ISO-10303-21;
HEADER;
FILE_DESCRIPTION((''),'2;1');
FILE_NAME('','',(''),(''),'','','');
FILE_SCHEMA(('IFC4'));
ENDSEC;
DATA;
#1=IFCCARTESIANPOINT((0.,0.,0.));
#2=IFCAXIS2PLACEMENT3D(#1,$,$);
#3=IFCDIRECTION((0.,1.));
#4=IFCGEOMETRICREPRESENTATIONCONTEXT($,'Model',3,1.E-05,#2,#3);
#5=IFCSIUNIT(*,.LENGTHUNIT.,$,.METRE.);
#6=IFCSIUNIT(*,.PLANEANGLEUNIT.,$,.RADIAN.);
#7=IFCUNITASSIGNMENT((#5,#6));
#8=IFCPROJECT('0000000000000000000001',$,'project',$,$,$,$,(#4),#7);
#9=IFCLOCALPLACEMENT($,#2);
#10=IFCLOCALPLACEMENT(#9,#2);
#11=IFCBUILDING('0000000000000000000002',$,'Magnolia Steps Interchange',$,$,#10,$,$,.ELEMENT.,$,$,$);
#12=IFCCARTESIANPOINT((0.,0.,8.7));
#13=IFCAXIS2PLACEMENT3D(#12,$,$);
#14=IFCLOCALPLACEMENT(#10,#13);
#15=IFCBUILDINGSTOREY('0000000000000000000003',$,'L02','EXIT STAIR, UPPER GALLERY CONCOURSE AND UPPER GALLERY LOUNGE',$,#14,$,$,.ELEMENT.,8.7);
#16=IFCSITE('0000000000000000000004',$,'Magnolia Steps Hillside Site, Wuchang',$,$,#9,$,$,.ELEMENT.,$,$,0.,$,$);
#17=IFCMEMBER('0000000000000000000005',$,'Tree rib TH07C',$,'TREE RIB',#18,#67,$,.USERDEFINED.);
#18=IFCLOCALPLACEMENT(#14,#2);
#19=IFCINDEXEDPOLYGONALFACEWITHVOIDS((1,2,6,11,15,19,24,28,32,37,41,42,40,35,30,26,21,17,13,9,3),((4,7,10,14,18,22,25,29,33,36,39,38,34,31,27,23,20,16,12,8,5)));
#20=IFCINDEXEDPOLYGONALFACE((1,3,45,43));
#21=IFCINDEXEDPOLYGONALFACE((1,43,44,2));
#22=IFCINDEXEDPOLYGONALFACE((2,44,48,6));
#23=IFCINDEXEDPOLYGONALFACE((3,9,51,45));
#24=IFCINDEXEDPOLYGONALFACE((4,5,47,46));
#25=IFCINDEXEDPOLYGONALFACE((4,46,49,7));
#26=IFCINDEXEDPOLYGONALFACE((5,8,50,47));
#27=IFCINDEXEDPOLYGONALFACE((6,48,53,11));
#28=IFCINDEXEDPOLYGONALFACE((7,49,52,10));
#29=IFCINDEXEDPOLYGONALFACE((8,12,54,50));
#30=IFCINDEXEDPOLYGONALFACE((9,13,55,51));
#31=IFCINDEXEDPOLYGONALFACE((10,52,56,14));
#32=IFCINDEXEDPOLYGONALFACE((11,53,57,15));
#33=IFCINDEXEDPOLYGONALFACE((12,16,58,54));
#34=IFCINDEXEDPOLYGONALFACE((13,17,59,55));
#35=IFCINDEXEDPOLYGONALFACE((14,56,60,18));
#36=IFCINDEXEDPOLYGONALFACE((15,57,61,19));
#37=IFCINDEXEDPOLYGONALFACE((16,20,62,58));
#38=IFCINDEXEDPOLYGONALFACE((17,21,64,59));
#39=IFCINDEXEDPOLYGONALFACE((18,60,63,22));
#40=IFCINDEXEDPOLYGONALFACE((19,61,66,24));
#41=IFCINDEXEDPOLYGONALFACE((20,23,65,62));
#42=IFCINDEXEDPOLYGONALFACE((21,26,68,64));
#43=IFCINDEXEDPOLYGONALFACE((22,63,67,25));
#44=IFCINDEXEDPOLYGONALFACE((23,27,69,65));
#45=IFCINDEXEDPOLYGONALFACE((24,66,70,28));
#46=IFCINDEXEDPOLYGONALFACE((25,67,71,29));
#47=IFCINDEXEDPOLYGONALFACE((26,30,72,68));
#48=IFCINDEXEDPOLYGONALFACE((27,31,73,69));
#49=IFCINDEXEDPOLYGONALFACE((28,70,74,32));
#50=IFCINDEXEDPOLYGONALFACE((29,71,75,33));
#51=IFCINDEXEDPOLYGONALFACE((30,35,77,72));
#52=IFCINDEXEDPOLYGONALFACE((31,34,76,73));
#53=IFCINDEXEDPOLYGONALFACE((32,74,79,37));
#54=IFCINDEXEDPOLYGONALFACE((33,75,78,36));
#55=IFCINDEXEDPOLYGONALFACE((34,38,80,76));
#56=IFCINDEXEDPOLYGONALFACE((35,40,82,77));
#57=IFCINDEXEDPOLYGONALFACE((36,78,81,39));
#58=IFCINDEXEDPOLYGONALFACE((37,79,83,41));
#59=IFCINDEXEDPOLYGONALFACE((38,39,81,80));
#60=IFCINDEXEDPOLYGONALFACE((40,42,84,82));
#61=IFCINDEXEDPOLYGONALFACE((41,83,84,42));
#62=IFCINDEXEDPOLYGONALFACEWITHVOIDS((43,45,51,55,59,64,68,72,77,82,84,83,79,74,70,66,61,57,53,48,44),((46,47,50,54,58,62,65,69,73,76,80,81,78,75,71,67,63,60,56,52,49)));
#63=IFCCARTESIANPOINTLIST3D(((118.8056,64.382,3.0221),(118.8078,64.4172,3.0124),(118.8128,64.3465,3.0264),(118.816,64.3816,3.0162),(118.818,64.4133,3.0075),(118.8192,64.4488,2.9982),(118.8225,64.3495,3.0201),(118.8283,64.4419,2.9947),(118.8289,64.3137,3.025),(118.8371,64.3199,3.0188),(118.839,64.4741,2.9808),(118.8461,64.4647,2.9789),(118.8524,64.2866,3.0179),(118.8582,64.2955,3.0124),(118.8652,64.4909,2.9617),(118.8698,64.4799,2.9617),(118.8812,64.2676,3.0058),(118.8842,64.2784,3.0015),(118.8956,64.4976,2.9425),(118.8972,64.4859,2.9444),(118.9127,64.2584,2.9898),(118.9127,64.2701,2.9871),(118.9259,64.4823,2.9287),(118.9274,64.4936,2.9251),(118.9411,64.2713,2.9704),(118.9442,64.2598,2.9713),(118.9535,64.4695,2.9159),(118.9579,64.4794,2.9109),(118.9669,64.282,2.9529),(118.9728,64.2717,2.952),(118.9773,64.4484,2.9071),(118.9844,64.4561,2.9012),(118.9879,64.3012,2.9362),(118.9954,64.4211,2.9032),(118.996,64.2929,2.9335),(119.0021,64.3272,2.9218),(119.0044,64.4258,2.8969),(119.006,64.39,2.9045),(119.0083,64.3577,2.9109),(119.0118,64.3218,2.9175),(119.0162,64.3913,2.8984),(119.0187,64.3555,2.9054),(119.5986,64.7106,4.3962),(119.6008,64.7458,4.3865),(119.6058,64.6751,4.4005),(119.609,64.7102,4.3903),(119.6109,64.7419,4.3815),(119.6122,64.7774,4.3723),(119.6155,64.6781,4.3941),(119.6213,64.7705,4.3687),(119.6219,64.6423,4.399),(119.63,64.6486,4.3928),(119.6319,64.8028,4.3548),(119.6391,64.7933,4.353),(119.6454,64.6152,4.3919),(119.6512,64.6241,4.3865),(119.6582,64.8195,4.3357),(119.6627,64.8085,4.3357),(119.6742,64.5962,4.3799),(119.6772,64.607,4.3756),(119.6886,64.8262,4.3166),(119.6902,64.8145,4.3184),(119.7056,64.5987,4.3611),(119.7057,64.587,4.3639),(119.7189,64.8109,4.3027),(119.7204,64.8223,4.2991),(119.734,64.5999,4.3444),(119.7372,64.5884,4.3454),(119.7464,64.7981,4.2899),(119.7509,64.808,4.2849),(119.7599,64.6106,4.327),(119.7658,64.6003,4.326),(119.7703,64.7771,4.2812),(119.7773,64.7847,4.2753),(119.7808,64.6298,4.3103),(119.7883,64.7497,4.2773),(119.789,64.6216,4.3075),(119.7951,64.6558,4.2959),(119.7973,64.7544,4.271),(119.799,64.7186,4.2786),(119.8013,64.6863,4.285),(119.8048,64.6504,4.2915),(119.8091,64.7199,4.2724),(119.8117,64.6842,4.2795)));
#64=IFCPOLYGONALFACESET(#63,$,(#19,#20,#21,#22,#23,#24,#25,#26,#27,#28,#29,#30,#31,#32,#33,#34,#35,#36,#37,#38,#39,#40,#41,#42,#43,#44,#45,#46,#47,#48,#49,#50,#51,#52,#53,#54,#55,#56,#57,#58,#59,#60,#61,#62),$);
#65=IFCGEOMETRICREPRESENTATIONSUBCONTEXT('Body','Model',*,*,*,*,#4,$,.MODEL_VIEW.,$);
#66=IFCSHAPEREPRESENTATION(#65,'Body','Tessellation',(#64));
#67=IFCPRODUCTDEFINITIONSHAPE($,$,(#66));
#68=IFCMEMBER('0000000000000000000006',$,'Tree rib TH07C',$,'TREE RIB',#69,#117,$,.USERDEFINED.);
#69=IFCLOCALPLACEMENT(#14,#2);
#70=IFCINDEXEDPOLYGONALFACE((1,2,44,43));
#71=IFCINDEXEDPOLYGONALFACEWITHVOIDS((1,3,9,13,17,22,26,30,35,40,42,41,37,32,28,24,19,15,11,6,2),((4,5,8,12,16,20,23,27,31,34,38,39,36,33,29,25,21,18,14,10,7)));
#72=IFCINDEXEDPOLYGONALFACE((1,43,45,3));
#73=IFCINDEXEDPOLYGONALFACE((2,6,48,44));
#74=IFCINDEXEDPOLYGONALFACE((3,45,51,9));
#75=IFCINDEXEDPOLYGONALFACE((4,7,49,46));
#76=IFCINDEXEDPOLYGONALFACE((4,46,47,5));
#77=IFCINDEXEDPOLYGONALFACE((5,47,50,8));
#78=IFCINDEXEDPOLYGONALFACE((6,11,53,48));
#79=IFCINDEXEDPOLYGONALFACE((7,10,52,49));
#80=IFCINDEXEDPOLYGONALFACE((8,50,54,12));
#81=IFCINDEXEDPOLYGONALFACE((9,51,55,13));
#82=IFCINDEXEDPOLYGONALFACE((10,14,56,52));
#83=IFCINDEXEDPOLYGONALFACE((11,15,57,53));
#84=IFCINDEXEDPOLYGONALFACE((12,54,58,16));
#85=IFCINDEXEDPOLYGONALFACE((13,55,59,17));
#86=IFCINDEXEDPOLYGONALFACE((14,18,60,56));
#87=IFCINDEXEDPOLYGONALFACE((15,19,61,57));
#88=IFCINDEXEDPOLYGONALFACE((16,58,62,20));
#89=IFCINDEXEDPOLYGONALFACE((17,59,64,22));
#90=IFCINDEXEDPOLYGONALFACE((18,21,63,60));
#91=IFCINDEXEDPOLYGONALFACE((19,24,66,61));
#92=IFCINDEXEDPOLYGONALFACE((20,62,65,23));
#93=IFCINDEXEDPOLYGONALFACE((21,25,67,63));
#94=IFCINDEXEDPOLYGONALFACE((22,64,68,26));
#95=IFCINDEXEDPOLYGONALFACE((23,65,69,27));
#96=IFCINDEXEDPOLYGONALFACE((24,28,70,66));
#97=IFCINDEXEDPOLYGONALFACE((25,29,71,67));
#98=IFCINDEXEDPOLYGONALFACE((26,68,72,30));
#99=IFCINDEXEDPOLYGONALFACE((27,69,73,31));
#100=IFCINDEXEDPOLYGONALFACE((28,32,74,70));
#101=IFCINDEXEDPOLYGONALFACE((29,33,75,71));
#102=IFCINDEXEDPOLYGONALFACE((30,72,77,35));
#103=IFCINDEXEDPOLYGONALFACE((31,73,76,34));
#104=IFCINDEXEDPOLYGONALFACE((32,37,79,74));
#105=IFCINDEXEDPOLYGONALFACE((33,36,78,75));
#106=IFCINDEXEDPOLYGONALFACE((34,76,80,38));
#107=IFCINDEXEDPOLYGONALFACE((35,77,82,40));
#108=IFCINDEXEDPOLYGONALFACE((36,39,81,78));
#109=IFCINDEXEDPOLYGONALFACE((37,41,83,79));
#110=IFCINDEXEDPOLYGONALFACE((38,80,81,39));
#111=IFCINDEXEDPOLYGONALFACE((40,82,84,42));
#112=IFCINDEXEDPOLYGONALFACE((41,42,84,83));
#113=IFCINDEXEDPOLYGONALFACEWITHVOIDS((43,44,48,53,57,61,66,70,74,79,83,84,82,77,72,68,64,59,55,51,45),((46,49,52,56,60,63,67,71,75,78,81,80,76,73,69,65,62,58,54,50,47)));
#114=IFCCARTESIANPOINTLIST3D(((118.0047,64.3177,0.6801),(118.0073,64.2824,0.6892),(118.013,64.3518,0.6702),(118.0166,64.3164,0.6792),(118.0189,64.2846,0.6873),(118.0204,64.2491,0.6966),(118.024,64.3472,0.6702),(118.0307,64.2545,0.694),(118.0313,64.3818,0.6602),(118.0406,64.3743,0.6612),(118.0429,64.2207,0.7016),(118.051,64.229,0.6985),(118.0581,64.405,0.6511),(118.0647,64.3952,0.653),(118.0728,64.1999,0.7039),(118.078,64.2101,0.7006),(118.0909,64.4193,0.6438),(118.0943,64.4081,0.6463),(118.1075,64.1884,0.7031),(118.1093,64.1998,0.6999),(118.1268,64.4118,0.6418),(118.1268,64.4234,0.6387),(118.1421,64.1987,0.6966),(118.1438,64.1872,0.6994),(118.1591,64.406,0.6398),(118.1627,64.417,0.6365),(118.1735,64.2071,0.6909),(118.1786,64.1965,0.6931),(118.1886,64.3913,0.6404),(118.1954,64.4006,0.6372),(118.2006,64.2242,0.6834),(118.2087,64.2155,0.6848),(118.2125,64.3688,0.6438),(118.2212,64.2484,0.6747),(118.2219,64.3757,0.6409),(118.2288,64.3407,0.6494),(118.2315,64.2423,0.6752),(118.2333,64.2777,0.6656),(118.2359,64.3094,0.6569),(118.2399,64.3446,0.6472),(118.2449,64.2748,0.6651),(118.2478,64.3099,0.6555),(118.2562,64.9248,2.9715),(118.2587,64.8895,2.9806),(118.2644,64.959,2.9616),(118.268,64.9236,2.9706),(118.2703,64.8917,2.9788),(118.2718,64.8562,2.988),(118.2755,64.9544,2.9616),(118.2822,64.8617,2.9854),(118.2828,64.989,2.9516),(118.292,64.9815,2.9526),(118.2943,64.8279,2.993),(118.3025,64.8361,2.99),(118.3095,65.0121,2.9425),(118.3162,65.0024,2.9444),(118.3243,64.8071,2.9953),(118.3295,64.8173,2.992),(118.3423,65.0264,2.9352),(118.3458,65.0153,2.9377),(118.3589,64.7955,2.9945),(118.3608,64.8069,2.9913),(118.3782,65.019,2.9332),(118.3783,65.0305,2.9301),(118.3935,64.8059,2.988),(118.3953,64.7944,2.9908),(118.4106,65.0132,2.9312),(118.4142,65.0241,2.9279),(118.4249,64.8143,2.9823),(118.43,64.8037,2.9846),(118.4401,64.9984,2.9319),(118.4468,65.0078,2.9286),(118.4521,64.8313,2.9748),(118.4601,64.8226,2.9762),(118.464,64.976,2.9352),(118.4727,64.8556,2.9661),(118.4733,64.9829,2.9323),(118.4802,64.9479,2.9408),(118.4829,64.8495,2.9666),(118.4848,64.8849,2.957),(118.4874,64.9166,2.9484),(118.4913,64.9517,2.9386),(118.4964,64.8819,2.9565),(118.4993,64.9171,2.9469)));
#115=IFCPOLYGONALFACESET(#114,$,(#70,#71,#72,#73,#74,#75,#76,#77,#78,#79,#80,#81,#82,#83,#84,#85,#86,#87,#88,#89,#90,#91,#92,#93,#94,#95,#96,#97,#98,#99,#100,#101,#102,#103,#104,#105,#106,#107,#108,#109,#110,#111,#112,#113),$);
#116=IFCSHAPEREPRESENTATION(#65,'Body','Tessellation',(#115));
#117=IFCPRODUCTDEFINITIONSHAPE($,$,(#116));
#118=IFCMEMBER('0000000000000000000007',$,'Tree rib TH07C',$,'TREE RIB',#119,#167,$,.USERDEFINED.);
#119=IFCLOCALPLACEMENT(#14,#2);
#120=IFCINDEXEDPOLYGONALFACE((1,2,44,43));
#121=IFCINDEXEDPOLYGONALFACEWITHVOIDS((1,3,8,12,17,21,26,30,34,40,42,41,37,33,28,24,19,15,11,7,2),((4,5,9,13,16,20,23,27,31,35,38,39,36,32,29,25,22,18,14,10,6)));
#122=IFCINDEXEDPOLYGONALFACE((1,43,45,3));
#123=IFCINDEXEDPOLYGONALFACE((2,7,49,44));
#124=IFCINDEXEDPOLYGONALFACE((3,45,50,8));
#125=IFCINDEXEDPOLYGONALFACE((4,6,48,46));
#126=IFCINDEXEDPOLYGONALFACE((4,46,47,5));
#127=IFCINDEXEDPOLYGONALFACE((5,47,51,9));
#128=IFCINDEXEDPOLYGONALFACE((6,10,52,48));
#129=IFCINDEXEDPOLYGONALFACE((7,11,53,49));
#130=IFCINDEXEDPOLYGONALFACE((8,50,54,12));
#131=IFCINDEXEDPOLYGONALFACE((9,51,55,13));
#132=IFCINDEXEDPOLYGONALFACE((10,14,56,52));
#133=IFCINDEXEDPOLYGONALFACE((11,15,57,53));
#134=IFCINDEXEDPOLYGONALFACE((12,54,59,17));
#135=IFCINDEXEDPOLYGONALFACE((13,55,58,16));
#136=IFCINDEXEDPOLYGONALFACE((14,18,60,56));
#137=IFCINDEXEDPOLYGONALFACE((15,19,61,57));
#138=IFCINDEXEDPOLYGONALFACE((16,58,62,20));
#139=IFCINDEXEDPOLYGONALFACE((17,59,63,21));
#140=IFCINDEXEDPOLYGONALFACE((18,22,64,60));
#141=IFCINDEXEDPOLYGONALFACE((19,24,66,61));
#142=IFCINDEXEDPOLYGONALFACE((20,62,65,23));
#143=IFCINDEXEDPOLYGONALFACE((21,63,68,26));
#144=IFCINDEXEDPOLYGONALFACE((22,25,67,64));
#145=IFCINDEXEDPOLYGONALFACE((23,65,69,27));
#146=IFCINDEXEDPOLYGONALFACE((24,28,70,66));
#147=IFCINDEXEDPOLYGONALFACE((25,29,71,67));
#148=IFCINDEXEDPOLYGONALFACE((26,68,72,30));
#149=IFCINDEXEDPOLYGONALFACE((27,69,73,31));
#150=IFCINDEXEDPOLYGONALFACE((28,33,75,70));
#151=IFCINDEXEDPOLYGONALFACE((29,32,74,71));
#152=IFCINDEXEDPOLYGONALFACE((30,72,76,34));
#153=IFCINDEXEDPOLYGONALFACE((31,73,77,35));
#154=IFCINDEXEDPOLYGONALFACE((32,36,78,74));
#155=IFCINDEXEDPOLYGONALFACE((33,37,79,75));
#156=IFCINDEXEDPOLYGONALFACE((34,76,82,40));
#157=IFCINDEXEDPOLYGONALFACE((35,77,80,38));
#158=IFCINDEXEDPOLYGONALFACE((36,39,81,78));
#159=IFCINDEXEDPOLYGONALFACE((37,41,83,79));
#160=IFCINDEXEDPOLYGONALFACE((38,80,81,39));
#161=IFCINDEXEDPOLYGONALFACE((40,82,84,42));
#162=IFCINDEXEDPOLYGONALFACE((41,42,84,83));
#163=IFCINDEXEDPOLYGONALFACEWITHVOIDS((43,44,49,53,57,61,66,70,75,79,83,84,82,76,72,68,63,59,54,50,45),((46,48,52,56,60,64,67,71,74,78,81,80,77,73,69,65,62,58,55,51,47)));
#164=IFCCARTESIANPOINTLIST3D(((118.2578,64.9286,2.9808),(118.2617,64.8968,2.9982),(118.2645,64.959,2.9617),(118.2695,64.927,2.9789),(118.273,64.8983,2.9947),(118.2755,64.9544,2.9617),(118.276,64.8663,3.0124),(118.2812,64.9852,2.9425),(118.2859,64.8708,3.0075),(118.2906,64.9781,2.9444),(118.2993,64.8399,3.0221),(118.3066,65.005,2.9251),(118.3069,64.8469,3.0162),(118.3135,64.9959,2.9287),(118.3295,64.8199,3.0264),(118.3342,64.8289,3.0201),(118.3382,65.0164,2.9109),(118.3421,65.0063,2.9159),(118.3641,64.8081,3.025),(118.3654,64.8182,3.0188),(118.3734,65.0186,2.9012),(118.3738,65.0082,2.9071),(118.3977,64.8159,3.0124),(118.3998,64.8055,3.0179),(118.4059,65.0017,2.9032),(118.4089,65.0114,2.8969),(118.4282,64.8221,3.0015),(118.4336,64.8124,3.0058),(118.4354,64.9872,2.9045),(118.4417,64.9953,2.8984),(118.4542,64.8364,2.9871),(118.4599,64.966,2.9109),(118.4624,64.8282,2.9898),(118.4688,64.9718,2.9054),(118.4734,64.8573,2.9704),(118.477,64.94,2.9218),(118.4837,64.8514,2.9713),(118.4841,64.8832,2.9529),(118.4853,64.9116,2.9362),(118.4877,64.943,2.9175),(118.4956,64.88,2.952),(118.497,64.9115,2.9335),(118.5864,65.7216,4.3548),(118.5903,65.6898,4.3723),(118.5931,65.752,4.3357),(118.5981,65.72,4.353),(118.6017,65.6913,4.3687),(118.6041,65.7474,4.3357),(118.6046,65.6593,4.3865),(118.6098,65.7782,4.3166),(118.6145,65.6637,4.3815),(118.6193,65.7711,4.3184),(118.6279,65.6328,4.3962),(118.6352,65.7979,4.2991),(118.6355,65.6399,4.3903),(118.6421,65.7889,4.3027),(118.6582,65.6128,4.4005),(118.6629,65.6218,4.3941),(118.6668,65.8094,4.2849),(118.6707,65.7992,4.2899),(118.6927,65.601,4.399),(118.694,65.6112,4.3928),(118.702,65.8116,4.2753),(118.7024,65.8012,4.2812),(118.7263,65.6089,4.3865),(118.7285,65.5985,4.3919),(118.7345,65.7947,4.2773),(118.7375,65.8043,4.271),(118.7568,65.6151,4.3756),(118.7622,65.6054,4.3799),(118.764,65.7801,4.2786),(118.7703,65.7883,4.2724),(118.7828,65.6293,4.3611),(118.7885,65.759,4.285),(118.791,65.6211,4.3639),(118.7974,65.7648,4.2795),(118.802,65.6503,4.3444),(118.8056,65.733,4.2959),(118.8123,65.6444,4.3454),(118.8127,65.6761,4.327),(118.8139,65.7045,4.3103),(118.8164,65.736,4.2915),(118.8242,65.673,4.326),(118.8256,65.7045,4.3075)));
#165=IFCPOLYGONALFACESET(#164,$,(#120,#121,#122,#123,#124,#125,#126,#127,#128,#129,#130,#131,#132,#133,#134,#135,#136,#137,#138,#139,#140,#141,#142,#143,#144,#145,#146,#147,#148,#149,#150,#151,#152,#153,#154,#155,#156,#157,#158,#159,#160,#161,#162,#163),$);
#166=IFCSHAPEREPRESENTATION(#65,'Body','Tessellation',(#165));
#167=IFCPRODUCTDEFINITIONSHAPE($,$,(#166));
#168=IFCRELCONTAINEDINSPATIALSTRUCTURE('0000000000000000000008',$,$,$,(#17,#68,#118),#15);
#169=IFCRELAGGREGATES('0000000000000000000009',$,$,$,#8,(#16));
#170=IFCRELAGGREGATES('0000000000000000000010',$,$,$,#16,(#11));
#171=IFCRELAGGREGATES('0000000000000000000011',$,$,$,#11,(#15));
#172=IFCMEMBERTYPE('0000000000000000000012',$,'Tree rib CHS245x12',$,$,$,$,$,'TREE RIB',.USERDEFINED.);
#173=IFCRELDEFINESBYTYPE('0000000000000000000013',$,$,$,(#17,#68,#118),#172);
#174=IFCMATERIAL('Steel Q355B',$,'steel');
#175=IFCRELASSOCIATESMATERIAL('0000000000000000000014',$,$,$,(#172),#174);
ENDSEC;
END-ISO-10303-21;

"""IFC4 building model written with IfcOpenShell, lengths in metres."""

from ifc_helpers import new_model, si_unit, direction, frame, origin, origin_2d, place, context, subcontext, project, spatial, hollow_circle, extrude, material, material_profile, profile_set, type_object, element, save


model = new_model("IFC4")

# Units and contexts
model_context = context("Model", 3, precision=1e-05, world=origin(), true_north=direction((0.0, 1.0)))
body_context = subcontext(model_context, "Body", "Model", "MODEL_VIEW")
ifc_project = project(units=[si_unit("LENGTHUNIT", "METRE"), si_unit("PLANEANGLEUNIT", "RADIAN")], contexts=[model_context])

# Site, building, storey
site_placement = place(None, origin())
site = spatial("IfcSite", under=ifc_project, at=site_placement, Name="Magnolia Steps Hillside Site, Wuchang", CompositionType="ELEMENT", RefElevation=0.0)
building_placement = place(site_placement, origin())
building = spatial("IfcBuilding", under=site, at=building_placement, Name="Magnolia Steps Interchange", CompositionType="ELEMENT")
storey_placement = place(building_placement, frame((0.0, 0.0, 8.7)))
storey = spatial("IfcBuildingStorey", under=building, at=storey_placement, Name="L02", Description="EXIT STAIR, UPPER GALLERY CONCOURSE AND UPPER GALLERY LOUNGE", CompositionType="ELEMENT", Elevation=8.7)

# Members
ifc_material_1 = material(Name="Steel Q355B", Category="steel")
ifc_material_profile_1 = material_profile(ifc_material_1, hollow_circle(Radius=0.1226, WallThickness=0.012, at=origin_2d()), Name="CHS245x12")
ifc_profile_set_1 = profile_set([ifc_material_profile_1], Name="Steel Q355B")
member_type_1 = type_object("IfcMemberType", Name="Tree rib CHS245x12", ElementType="TREE RIB", PredefinedType="USERDEFINED", material=ifc_profile_set_1)
member_1_placement = place(storey_placement, frame((118.9121, 64.3777, 2.9617), z_axis=(0.489456, 0.202835, 0.84811), x_axis=(-0.382837, 0.923816, 0.0)))
element("IfcMember", 1, at=member_1_placement, inside=storey, type_object=member_type_1, Name="Tree rib TH07C", ObjectType="TREE RIB", PredefinedType="USERDEFINED", context=body_context, shape_type="SweptSolid", body=[
    extrude(hollow_circle(Radius=0.1226, WallThickness=0.012, at=origin_2d()), origin(), (0.0, 0.0, 1.0), 1.6201),
])
member_2_placement = place(storey_placement, frame((118.1262, 64.3049, 0.6702), z_axis=(0.105485, 0.254701, 0.961249), x_axis=(-0.923899, 0.382636, 0.0)))
element("IfcMember", 2, at=member_2_placement, inside=storey, type_object=member_type_1, Name="Tree rib TH07C", ObjectType="TREE RIB", PredefinedType="USERDEFINED", context=body_context, shape_type="SweptSolid", body=[
    extrude(hollow_circle(Radius=0.1226, WallThickness=0.012, at=origin_2d()), origin(), (0.0, 0.0, 1.0), 2.3838),
])
member_3_placement = place(storey_placement, frame((118.3777, 64.9121, 2.9617), z_axis=(0.202835, 0.489456, 0.84811), x_axis=(-0.923816, 0.382837, 0.0)))
element("IfcMember", 3, at=member_3_placement, inside=storey, type_object=member_type_1, Name="Tree rib TH07C", ObjectType="TREE RIB", PredefinedType="USERDEFINED", context=body_context, shape_type="SweptSolid", body=[
    extrude(hollow_circle(Radius=0.1226, WallThickness=0.012, at=origin_2d()), origin(), (0.0, 0.0, 1.0), 1.6201),
])

save(model, "model.ifc")
